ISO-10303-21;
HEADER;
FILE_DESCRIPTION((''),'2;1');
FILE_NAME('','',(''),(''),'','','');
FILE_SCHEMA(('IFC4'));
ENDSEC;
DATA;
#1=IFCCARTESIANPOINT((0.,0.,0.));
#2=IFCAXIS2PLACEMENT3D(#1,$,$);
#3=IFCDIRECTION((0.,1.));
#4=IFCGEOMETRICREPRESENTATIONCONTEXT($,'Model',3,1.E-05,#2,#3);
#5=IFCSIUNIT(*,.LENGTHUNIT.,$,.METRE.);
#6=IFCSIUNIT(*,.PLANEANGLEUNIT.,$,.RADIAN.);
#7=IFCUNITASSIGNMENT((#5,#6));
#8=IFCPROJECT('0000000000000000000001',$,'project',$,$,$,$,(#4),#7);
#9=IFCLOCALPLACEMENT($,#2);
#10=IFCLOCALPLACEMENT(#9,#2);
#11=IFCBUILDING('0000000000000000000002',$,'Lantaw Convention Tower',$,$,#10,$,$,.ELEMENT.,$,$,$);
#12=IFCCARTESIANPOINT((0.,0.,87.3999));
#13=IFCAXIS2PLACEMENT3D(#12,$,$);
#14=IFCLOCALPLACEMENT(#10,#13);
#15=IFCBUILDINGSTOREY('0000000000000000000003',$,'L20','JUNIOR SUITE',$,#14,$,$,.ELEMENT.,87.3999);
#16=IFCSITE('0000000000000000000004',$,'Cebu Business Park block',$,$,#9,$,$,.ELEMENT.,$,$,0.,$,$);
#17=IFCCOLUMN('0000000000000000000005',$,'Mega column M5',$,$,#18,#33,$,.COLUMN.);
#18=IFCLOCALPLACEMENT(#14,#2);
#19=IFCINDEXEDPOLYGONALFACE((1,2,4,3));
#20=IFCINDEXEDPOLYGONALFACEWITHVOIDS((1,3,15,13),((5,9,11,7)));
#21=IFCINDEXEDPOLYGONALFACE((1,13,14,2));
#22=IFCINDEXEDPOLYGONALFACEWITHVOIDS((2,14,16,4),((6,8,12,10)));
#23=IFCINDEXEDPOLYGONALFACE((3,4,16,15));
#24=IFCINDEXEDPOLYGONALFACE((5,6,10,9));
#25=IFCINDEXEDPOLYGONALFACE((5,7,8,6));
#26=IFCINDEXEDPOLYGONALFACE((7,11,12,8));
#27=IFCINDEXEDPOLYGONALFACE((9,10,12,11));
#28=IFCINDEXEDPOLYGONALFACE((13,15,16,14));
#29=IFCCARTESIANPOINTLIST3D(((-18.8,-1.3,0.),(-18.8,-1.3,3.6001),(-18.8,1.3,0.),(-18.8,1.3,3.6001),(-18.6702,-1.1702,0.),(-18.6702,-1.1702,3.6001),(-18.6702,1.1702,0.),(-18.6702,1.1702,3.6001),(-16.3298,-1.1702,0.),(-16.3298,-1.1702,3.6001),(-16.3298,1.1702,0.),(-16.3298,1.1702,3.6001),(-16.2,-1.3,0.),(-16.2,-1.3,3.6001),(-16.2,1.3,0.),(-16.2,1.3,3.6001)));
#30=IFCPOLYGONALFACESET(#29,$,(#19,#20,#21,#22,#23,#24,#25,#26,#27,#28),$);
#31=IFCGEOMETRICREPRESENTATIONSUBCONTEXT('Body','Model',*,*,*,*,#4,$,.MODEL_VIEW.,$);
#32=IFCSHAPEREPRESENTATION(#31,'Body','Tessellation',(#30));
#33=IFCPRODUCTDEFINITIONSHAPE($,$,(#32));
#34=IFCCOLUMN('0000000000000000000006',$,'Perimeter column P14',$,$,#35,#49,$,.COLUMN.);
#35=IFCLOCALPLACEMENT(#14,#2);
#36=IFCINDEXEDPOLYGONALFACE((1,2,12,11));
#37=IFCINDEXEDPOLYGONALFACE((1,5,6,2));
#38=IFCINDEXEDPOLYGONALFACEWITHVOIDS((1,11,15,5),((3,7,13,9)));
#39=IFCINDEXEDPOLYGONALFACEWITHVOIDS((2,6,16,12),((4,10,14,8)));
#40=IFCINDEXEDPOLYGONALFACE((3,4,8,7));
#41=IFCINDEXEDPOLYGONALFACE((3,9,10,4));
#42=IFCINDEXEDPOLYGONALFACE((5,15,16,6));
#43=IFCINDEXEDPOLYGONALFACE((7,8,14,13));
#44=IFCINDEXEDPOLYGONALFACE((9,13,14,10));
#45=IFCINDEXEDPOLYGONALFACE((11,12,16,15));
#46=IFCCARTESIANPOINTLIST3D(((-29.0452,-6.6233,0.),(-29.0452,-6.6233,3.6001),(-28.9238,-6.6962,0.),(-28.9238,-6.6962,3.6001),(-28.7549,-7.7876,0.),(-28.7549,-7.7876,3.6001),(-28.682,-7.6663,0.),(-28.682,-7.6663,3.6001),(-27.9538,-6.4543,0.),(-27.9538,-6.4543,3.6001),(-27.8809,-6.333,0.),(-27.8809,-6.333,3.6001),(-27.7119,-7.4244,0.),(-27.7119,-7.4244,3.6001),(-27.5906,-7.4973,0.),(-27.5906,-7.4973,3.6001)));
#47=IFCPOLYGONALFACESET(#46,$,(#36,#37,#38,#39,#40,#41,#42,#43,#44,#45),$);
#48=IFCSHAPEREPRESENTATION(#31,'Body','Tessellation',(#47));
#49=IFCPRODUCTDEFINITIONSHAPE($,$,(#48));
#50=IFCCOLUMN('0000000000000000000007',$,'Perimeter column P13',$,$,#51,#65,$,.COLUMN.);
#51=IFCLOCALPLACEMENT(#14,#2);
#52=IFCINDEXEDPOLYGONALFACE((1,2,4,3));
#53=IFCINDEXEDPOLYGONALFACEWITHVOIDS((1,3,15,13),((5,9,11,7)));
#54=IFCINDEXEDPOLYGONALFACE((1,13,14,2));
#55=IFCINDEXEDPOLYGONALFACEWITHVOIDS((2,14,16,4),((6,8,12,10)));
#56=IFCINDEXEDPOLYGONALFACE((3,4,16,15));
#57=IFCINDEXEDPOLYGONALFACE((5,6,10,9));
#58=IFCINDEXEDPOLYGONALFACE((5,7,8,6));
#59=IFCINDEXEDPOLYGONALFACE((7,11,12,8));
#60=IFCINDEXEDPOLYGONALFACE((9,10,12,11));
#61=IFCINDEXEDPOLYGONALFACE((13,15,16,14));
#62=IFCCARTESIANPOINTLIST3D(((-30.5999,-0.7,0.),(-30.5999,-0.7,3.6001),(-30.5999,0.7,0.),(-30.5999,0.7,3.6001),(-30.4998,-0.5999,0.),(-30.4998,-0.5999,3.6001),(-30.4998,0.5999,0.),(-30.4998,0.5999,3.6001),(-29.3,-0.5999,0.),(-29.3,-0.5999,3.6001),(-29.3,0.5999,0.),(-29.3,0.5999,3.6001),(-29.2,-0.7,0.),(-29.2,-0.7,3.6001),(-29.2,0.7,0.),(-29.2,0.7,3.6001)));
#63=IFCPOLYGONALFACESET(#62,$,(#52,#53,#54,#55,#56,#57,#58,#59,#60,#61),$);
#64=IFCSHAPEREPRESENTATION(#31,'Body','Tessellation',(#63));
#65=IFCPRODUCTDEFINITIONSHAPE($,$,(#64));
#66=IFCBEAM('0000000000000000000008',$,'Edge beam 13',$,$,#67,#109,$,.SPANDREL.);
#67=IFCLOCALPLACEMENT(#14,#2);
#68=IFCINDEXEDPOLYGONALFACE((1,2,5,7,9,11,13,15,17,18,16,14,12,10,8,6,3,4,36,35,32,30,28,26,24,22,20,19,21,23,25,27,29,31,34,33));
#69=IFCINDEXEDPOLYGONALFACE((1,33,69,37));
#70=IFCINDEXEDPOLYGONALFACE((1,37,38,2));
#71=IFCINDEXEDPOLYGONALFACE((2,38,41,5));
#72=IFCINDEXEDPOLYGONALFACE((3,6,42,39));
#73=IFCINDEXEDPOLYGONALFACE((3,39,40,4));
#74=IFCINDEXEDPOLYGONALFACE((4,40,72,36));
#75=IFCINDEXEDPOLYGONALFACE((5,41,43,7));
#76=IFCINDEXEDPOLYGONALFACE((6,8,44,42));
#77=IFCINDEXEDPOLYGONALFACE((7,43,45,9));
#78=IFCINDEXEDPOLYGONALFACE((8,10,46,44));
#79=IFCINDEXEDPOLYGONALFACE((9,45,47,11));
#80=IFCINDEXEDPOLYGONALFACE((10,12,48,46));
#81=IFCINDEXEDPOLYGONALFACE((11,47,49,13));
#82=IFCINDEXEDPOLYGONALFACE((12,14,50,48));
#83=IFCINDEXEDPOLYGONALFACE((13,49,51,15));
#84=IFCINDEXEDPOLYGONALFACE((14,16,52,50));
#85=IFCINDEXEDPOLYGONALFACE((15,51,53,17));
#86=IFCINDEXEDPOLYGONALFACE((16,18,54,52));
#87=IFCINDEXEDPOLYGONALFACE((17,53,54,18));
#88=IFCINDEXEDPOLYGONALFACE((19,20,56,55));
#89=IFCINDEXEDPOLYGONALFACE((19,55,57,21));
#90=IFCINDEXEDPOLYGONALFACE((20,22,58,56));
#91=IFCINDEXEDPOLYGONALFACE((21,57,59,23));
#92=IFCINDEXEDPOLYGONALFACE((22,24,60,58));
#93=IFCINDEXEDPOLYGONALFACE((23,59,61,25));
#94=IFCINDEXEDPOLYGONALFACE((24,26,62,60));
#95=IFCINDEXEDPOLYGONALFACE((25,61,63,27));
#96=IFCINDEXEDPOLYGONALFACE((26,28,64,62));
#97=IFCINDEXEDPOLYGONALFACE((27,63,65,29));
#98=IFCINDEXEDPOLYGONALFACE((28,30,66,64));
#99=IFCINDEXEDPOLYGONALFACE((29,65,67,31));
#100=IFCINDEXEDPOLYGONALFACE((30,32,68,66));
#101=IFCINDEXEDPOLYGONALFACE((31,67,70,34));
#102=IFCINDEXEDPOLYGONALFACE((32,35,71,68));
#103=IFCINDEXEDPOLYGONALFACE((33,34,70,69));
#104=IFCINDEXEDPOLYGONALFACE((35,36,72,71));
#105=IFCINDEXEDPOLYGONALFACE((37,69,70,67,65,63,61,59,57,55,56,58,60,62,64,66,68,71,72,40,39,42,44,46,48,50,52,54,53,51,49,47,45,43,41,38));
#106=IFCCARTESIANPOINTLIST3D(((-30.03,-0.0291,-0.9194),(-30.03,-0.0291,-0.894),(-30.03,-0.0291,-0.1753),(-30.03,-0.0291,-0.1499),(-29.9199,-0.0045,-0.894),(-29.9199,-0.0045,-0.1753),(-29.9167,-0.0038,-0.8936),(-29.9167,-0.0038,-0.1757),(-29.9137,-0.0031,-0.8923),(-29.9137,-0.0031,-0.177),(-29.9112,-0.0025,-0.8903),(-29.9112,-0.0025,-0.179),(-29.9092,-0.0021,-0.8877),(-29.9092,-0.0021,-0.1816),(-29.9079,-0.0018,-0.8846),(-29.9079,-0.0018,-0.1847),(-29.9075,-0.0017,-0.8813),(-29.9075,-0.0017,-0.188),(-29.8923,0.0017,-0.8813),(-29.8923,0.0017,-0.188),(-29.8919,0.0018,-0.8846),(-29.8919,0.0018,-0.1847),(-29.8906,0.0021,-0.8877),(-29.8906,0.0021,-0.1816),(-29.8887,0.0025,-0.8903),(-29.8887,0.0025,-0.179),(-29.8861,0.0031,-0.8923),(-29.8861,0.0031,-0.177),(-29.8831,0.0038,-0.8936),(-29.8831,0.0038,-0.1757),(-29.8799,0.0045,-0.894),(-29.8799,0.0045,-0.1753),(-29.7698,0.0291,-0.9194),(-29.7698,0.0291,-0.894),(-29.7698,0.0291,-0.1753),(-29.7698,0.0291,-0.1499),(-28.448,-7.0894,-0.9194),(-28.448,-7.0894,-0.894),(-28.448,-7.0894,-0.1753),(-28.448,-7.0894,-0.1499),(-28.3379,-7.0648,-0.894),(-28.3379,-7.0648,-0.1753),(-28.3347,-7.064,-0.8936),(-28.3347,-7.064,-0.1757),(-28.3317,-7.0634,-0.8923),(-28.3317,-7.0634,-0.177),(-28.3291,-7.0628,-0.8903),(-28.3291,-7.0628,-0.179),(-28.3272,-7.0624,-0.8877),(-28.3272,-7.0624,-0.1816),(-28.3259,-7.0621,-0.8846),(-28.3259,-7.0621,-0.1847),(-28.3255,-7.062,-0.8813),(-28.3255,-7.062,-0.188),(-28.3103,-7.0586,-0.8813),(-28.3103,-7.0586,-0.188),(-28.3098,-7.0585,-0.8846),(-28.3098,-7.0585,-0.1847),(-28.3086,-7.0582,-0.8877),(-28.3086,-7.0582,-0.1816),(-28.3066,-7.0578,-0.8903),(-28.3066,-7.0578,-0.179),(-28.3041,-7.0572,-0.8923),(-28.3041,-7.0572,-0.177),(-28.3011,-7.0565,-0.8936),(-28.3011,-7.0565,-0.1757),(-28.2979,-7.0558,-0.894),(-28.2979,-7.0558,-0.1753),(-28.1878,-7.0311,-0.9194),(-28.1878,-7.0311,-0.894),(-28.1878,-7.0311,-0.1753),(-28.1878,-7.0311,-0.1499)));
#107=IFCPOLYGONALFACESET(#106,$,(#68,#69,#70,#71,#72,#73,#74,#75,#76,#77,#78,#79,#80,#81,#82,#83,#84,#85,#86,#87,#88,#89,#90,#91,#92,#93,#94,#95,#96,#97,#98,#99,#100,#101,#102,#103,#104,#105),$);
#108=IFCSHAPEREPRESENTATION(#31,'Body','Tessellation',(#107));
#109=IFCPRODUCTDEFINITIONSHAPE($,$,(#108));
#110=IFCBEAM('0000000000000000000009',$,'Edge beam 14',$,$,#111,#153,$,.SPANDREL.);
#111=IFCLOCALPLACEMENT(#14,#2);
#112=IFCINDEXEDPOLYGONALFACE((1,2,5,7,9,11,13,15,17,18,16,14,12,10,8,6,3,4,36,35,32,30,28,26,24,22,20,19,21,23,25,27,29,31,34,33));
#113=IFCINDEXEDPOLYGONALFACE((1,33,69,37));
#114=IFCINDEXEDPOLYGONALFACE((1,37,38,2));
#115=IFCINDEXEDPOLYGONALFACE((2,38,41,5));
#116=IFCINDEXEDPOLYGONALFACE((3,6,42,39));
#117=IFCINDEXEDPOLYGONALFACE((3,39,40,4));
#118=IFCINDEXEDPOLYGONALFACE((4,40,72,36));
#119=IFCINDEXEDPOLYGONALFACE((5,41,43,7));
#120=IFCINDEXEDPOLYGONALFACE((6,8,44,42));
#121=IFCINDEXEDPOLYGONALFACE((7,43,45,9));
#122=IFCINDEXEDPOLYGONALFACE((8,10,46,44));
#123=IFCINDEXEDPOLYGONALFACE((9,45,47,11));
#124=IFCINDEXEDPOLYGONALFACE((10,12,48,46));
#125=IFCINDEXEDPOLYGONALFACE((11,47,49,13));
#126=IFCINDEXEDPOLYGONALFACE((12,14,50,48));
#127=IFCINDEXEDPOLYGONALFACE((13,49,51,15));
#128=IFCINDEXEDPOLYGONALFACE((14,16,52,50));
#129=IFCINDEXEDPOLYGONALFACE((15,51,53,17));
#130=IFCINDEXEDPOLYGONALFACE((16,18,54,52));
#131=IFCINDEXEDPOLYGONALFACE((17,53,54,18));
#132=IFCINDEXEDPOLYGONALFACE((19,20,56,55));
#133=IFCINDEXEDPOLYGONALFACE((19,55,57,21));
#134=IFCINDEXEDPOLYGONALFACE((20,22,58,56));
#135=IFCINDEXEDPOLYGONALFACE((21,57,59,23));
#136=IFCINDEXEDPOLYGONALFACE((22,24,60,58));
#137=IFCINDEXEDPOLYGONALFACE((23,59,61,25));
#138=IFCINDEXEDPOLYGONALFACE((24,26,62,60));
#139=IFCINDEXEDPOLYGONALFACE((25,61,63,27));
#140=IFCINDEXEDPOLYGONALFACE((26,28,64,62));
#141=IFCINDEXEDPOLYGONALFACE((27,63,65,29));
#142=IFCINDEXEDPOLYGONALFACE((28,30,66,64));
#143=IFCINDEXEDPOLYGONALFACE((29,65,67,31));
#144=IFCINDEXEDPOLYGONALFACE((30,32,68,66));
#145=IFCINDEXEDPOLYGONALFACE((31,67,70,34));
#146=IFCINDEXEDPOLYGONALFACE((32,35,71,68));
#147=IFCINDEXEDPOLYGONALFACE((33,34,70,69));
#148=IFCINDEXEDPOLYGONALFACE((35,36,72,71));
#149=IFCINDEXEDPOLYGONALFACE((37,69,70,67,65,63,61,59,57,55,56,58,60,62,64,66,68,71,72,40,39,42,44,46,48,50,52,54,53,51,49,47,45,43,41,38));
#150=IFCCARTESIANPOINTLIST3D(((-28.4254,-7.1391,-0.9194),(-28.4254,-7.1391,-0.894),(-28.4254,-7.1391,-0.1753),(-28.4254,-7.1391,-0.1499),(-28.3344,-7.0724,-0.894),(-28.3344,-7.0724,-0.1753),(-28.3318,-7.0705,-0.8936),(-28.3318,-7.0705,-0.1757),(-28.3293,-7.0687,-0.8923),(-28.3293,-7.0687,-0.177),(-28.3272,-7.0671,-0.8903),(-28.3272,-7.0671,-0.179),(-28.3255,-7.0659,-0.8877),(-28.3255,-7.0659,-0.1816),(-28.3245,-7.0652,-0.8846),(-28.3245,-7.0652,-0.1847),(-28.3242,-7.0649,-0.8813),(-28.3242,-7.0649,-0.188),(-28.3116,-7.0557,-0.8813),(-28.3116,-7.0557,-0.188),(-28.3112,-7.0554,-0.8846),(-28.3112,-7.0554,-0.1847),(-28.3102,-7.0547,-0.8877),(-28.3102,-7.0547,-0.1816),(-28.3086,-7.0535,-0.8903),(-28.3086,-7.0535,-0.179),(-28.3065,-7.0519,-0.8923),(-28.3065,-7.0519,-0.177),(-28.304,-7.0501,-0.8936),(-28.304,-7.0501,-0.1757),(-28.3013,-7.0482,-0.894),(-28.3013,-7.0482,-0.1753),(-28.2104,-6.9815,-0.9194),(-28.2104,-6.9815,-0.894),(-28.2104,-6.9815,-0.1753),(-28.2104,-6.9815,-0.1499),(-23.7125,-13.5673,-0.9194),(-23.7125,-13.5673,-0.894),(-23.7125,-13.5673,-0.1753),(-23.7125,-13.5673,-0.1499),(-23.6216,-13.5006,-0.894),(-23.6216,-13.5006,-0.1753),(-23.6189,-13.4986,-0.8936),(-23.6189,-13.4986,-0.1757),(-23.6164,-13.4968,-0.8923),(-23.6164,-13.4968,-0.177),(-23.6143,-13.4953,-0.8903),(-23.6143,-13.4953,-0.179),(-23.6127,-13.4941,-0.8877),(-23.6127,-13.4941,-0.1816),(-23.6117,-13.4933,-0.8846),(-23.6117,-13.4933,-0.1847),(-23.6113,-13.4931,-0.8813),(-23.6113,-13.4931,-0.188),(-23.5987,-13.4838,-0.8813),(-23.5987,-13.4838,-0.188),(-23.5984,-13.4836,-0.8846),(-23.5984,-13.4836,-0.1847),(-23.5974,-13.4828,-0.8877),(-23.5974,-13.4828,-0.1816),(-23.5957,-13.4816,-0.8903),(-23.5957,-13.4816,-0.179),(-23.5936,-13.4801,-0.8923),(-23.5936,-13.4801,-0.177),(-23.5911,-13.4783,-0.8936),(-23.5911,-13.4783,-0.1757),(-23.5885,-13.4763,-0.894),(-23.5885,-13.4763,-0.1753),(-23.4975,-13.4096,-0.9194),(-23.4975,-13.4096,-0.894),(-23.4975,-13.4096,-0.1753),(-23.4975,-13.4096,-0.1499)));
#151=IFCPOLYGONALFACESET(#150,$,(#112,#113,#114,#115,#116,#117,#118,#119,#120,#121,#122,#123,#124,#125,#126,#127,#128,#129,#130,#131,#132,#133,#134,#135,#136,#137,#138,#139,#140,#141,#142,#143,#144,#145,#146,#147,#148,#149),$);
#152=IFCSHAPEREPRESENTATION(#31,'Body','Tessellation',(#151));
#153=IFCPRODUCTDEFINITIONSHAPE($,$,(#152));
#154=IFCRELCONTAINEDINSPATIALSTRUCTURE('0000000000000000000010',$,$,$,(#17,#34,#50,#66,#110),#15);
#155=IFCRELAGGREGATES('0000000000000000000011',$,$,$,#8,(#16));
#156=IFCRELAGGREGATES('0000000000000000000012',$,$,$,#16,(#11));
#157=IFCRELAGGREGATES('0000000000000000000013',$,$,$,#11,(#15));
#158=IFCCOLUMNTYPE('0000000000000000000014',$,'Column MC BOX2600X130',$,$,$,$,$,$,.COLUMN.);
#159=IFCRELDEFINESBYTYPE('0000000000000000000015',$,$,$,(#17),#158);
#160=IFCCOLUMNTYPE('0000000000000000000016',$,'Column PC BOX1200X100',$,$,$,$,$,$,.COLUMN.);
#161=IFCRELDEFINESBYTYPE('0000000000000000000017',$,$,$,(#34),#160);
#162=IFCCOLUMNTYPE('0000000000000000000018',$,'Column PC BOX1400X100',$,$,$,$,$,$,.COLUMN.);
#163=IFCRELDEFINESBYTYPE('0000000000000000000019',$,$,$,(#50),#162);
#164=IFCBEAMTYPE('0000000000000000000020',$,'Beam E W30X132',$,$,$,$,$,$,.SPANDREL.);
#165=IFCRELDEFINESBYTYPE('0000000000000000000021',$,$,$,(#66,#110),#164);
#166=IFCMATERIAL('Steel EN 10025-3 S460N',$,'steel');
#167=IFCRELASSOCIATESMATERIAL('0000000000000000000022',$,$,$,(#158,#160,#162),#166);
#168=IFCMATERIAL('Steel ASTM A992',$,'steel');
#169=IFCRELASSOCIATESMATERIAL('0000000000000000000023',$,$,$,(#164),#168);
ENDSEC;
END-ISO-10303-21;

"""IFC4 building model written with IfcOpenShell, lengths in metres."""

from ifc_helpers import new_model, si_unit, direction, frame, origin, origin_2d, place, context, subcontext, project, spatial, rectangle, hollow_rectangle, i_section, extrude, material, material_profile, profile_set, type_object, element, save


model = new_model("IFC4")

# Units and contexts
model_context = context("Model", 3, precision=1e-05, world=origin(), true_north=direction((0.0, 1.0)))
body_context = subcontext(model_context, "Body", "Model", "MODEL_VIEW")
ifc_project = project(units=[si_unit("LENGTHUNIT", "METRE"), si_unit("PLANEANGLEUNIT", "RADIAN")], contexts=[model_context])

# Site, building, storey
site_placement = place(None, origin())
site = spatial("IfcSite", under=ifc_project, at=site_placement, Name="Cebu Business Park block", CompositionType="ELEMENT", RefElevation=0.0)
building_placement = place(site_placement, origin())
building = spatial("IfcBuilding", under=site, at=building_placement, Name="Lantaw Convention Tower", CompositionType="ELEMENT")
storey_placement = place(building_placement, frame((0.0, 0.0, 87.3999)))
storey = spatial("IfcBuildingStorey", under=building, at=storey_placement, Name="L20", Description="JUNIOR SUITE", CompositionType="ELEMENT", Elevation=87.3999)

# Columns
ifc_material_1 = material(Name="Steel EN 10025-3 S460N", Category="steel")
ifc_material_profile_1 = material_profile(ifc_material_1, hollow_rectangle(XDim=2.6001, YDim=2.6001, WallThickness=0.1299, at=origin_2d()), Name="BOX2600X130")
ifc_material_2 = material(Name="Concrete C60/75", Category="concrete")
ifc_material_profile_2 = material_profile(ifc_material_2, rectangle(XDim=2.3401, YDim=2.3401, at=origin_2d()), Name="Concrete fill of BOX2600X130")
ifc_profile_set_1 = profile_set([ifc_material_profile_1, ifc_material_profile_2], Name="Steel EN 10025-3 S460N")
column_type_1 = type_object("IfcColumnType", Name="Column MC BOX2600X130", PredefinedType="COLUMN", material=ifc_profile_set_1)
column_1_placement = place(storey_placement, frame((-17.5, 0.0, 0.0), z_axis=(0.0, 0.0, 1.0), x_axis=(1.0, 0.0, 0.0)))
element("IfcColumn", 1, at=column_1_placement, inside=storey, type_object=column_type_1, Name="Mega column M5", PredefinedType="COLUMN", context=body_context, shape_type="SweptSolid", body=[
    extrude(hollow_rectangle(XDim=2.6001, YDim=2.6001, WallThickness=0.1299, at=origin_2d()), origin(), (0.0, 0.0, 1.0), 3.6001),
])
ifc_material_profile_3 = material_profile(ifc_material_1, hollow_rectangle(XDim=1.2, YDim=1.2, WallThickness=0.1001, at=origin_2d()), Name="BOX1200X100")
ifc_material_profile_4 = material_profile(ifc_material_2, rectangle(XDim=1.0, YDim=1.0, at=origin_2d()), Name="Concrete fill of BOX1200X100")
ifc_profile_set_2 = profile_set([ifc_material_profile_3, ifc_material_profile_4], Name="Steel EN 10025-3 S460N")
column_type_2 = type_object("IfcColumnType", Name="Column PC BOX1200X100", PredefinedType="COLUMN", material=ifc_profile_set_2)
column_2_placement = place(storey_placement, frame((-28.3179, -7.0603, 0.0), z_axis=(0.0, 0.0, 1.0), x_axis=(0.970296, 0.241922, 0.0)))
element("IfcColumn", 2, at=column_2_placement, inside=storey, type_object=column_type_2, Name="Perimeter column P14", PredefinedType="COLUMN", context=body_context, shape_type="SweptSolid", body=[
    extrude(hollow_rectangle(XDim=1.2, YDim=1.2, WallThickness=0.1001, at=origin_2d()), origin(), (0.0, 0.0, 1.0), 3.6001),
])
ifc_material_profile_5 = material_profile(ifc_material_1, hollow_rectangle(XDim=1.3999, YDim=1.3999, WallThickness=0.1001, at=origin_2d()), Name="BOX1400X100")
ifc_material_profile_6 = material_profile(ifc_material_2, rectangle(XDim=1.2, YDim=1.2, at=origin_2d()), Name="Concrete fill of BOX1400X100")
ifc_profile_set_3 = profile_set([ifc_material_profile_5, ifc_material_profile_6], Name="Steel EN 10025-3 S460N")
column_type_3 = type_object("IfcColumnType", Name="Column PC BOX1400X100", PredefinedType="COLUMN", material=ifc_profile_set_3)
column_3_placement = place(storey_placement, frame((-29.8999, 0.0, 0.0), z_axis=(0.0, 0.0, 1.0), x_axis=(1.0, 0.0, 0.0)))
element("IfcColumn", 3, at=column_3_placement, inside=storey, type_object=column_type_3, Name="Perimeter column P13", PredefinedType="COLUMN", context=body_context, shape_type="SweptSolid", body=[
    extrude(hollow_rectangle(XDim=1.3999, YDim=1.3999, WallThickness=0.1001, at=origin_2d()), origin(), (0.0, 0.0, 1.0), 3.6001),
])

# Beams
ifc_material_3 = material(Name="Steel ASTM A992", Category="steel")
ifc_material_profile_7 = material_profile(ifc_material_3, i_section(OverallWidth=0.2666, OverallDepth=0.7695, WebThickness=0.0156, FlangeThickness=0.0254, FilletRadius=0.0127, at=origin_2d()), Name="W30X132")
ifc_profile_set_4 = profile_set([ifc_material_profile_7], Name="Steel ASTM A992")
beam_type_1 = type_object("IfcBeamType", Name="Beam E W30X132", PredefinedType="SPANDREL", material=ifc_profile_set_4)
beam_1_placement = place(storey_placement, frame((-29.8999, 0.0, -0.5347), z_axis=(0.218652, -0.975803, 0.0), x_axis=(0.975803, 0.218652, 0.0)))
element("IfcBeam", 4, at=beam_1_placement, inside=storey, type_object=beam_type_1, Name="Edge beam 13", PredefinedType="SPANDREL", context=body_context, shape_type="SweptSolid", body=[
    extrude(i_section(OverallWidth=0.2666, OverallDepth=0.7695, WebThickness=0.0156, FlangeThickness=0.0254, FilletRadius=0.0127, at=origin_2d()), origin(), (0.0, 0.0, 1.0), 7.2354),
])
beam_2_placement = place(storey_placement, frame((-28.3179, -7.0603, -0.5347), z_axis=(0.591271, -0.806473, 0.0), x_axis=(0.806473, 0.591271, 0.0)))
element("IfcBeam", 5, at=beam_2_placement, inside=storey, type_object=beam_type_1, Name="Edge beam 14", PredefinedType="SPANDREL", context=body_context, shape_type="SweptSolid", body=[
    extrude(i_section(OverallWidth=0.2666, OverallDepth=0.7695, WebThickness=0.0156, FlangeThickness=0.0254, FilletRadius=0.0127, at=origin_2d()), origin(), (0.0, 0.0, 1.0), 7.9707),
])

save(model, "model.ifc")
